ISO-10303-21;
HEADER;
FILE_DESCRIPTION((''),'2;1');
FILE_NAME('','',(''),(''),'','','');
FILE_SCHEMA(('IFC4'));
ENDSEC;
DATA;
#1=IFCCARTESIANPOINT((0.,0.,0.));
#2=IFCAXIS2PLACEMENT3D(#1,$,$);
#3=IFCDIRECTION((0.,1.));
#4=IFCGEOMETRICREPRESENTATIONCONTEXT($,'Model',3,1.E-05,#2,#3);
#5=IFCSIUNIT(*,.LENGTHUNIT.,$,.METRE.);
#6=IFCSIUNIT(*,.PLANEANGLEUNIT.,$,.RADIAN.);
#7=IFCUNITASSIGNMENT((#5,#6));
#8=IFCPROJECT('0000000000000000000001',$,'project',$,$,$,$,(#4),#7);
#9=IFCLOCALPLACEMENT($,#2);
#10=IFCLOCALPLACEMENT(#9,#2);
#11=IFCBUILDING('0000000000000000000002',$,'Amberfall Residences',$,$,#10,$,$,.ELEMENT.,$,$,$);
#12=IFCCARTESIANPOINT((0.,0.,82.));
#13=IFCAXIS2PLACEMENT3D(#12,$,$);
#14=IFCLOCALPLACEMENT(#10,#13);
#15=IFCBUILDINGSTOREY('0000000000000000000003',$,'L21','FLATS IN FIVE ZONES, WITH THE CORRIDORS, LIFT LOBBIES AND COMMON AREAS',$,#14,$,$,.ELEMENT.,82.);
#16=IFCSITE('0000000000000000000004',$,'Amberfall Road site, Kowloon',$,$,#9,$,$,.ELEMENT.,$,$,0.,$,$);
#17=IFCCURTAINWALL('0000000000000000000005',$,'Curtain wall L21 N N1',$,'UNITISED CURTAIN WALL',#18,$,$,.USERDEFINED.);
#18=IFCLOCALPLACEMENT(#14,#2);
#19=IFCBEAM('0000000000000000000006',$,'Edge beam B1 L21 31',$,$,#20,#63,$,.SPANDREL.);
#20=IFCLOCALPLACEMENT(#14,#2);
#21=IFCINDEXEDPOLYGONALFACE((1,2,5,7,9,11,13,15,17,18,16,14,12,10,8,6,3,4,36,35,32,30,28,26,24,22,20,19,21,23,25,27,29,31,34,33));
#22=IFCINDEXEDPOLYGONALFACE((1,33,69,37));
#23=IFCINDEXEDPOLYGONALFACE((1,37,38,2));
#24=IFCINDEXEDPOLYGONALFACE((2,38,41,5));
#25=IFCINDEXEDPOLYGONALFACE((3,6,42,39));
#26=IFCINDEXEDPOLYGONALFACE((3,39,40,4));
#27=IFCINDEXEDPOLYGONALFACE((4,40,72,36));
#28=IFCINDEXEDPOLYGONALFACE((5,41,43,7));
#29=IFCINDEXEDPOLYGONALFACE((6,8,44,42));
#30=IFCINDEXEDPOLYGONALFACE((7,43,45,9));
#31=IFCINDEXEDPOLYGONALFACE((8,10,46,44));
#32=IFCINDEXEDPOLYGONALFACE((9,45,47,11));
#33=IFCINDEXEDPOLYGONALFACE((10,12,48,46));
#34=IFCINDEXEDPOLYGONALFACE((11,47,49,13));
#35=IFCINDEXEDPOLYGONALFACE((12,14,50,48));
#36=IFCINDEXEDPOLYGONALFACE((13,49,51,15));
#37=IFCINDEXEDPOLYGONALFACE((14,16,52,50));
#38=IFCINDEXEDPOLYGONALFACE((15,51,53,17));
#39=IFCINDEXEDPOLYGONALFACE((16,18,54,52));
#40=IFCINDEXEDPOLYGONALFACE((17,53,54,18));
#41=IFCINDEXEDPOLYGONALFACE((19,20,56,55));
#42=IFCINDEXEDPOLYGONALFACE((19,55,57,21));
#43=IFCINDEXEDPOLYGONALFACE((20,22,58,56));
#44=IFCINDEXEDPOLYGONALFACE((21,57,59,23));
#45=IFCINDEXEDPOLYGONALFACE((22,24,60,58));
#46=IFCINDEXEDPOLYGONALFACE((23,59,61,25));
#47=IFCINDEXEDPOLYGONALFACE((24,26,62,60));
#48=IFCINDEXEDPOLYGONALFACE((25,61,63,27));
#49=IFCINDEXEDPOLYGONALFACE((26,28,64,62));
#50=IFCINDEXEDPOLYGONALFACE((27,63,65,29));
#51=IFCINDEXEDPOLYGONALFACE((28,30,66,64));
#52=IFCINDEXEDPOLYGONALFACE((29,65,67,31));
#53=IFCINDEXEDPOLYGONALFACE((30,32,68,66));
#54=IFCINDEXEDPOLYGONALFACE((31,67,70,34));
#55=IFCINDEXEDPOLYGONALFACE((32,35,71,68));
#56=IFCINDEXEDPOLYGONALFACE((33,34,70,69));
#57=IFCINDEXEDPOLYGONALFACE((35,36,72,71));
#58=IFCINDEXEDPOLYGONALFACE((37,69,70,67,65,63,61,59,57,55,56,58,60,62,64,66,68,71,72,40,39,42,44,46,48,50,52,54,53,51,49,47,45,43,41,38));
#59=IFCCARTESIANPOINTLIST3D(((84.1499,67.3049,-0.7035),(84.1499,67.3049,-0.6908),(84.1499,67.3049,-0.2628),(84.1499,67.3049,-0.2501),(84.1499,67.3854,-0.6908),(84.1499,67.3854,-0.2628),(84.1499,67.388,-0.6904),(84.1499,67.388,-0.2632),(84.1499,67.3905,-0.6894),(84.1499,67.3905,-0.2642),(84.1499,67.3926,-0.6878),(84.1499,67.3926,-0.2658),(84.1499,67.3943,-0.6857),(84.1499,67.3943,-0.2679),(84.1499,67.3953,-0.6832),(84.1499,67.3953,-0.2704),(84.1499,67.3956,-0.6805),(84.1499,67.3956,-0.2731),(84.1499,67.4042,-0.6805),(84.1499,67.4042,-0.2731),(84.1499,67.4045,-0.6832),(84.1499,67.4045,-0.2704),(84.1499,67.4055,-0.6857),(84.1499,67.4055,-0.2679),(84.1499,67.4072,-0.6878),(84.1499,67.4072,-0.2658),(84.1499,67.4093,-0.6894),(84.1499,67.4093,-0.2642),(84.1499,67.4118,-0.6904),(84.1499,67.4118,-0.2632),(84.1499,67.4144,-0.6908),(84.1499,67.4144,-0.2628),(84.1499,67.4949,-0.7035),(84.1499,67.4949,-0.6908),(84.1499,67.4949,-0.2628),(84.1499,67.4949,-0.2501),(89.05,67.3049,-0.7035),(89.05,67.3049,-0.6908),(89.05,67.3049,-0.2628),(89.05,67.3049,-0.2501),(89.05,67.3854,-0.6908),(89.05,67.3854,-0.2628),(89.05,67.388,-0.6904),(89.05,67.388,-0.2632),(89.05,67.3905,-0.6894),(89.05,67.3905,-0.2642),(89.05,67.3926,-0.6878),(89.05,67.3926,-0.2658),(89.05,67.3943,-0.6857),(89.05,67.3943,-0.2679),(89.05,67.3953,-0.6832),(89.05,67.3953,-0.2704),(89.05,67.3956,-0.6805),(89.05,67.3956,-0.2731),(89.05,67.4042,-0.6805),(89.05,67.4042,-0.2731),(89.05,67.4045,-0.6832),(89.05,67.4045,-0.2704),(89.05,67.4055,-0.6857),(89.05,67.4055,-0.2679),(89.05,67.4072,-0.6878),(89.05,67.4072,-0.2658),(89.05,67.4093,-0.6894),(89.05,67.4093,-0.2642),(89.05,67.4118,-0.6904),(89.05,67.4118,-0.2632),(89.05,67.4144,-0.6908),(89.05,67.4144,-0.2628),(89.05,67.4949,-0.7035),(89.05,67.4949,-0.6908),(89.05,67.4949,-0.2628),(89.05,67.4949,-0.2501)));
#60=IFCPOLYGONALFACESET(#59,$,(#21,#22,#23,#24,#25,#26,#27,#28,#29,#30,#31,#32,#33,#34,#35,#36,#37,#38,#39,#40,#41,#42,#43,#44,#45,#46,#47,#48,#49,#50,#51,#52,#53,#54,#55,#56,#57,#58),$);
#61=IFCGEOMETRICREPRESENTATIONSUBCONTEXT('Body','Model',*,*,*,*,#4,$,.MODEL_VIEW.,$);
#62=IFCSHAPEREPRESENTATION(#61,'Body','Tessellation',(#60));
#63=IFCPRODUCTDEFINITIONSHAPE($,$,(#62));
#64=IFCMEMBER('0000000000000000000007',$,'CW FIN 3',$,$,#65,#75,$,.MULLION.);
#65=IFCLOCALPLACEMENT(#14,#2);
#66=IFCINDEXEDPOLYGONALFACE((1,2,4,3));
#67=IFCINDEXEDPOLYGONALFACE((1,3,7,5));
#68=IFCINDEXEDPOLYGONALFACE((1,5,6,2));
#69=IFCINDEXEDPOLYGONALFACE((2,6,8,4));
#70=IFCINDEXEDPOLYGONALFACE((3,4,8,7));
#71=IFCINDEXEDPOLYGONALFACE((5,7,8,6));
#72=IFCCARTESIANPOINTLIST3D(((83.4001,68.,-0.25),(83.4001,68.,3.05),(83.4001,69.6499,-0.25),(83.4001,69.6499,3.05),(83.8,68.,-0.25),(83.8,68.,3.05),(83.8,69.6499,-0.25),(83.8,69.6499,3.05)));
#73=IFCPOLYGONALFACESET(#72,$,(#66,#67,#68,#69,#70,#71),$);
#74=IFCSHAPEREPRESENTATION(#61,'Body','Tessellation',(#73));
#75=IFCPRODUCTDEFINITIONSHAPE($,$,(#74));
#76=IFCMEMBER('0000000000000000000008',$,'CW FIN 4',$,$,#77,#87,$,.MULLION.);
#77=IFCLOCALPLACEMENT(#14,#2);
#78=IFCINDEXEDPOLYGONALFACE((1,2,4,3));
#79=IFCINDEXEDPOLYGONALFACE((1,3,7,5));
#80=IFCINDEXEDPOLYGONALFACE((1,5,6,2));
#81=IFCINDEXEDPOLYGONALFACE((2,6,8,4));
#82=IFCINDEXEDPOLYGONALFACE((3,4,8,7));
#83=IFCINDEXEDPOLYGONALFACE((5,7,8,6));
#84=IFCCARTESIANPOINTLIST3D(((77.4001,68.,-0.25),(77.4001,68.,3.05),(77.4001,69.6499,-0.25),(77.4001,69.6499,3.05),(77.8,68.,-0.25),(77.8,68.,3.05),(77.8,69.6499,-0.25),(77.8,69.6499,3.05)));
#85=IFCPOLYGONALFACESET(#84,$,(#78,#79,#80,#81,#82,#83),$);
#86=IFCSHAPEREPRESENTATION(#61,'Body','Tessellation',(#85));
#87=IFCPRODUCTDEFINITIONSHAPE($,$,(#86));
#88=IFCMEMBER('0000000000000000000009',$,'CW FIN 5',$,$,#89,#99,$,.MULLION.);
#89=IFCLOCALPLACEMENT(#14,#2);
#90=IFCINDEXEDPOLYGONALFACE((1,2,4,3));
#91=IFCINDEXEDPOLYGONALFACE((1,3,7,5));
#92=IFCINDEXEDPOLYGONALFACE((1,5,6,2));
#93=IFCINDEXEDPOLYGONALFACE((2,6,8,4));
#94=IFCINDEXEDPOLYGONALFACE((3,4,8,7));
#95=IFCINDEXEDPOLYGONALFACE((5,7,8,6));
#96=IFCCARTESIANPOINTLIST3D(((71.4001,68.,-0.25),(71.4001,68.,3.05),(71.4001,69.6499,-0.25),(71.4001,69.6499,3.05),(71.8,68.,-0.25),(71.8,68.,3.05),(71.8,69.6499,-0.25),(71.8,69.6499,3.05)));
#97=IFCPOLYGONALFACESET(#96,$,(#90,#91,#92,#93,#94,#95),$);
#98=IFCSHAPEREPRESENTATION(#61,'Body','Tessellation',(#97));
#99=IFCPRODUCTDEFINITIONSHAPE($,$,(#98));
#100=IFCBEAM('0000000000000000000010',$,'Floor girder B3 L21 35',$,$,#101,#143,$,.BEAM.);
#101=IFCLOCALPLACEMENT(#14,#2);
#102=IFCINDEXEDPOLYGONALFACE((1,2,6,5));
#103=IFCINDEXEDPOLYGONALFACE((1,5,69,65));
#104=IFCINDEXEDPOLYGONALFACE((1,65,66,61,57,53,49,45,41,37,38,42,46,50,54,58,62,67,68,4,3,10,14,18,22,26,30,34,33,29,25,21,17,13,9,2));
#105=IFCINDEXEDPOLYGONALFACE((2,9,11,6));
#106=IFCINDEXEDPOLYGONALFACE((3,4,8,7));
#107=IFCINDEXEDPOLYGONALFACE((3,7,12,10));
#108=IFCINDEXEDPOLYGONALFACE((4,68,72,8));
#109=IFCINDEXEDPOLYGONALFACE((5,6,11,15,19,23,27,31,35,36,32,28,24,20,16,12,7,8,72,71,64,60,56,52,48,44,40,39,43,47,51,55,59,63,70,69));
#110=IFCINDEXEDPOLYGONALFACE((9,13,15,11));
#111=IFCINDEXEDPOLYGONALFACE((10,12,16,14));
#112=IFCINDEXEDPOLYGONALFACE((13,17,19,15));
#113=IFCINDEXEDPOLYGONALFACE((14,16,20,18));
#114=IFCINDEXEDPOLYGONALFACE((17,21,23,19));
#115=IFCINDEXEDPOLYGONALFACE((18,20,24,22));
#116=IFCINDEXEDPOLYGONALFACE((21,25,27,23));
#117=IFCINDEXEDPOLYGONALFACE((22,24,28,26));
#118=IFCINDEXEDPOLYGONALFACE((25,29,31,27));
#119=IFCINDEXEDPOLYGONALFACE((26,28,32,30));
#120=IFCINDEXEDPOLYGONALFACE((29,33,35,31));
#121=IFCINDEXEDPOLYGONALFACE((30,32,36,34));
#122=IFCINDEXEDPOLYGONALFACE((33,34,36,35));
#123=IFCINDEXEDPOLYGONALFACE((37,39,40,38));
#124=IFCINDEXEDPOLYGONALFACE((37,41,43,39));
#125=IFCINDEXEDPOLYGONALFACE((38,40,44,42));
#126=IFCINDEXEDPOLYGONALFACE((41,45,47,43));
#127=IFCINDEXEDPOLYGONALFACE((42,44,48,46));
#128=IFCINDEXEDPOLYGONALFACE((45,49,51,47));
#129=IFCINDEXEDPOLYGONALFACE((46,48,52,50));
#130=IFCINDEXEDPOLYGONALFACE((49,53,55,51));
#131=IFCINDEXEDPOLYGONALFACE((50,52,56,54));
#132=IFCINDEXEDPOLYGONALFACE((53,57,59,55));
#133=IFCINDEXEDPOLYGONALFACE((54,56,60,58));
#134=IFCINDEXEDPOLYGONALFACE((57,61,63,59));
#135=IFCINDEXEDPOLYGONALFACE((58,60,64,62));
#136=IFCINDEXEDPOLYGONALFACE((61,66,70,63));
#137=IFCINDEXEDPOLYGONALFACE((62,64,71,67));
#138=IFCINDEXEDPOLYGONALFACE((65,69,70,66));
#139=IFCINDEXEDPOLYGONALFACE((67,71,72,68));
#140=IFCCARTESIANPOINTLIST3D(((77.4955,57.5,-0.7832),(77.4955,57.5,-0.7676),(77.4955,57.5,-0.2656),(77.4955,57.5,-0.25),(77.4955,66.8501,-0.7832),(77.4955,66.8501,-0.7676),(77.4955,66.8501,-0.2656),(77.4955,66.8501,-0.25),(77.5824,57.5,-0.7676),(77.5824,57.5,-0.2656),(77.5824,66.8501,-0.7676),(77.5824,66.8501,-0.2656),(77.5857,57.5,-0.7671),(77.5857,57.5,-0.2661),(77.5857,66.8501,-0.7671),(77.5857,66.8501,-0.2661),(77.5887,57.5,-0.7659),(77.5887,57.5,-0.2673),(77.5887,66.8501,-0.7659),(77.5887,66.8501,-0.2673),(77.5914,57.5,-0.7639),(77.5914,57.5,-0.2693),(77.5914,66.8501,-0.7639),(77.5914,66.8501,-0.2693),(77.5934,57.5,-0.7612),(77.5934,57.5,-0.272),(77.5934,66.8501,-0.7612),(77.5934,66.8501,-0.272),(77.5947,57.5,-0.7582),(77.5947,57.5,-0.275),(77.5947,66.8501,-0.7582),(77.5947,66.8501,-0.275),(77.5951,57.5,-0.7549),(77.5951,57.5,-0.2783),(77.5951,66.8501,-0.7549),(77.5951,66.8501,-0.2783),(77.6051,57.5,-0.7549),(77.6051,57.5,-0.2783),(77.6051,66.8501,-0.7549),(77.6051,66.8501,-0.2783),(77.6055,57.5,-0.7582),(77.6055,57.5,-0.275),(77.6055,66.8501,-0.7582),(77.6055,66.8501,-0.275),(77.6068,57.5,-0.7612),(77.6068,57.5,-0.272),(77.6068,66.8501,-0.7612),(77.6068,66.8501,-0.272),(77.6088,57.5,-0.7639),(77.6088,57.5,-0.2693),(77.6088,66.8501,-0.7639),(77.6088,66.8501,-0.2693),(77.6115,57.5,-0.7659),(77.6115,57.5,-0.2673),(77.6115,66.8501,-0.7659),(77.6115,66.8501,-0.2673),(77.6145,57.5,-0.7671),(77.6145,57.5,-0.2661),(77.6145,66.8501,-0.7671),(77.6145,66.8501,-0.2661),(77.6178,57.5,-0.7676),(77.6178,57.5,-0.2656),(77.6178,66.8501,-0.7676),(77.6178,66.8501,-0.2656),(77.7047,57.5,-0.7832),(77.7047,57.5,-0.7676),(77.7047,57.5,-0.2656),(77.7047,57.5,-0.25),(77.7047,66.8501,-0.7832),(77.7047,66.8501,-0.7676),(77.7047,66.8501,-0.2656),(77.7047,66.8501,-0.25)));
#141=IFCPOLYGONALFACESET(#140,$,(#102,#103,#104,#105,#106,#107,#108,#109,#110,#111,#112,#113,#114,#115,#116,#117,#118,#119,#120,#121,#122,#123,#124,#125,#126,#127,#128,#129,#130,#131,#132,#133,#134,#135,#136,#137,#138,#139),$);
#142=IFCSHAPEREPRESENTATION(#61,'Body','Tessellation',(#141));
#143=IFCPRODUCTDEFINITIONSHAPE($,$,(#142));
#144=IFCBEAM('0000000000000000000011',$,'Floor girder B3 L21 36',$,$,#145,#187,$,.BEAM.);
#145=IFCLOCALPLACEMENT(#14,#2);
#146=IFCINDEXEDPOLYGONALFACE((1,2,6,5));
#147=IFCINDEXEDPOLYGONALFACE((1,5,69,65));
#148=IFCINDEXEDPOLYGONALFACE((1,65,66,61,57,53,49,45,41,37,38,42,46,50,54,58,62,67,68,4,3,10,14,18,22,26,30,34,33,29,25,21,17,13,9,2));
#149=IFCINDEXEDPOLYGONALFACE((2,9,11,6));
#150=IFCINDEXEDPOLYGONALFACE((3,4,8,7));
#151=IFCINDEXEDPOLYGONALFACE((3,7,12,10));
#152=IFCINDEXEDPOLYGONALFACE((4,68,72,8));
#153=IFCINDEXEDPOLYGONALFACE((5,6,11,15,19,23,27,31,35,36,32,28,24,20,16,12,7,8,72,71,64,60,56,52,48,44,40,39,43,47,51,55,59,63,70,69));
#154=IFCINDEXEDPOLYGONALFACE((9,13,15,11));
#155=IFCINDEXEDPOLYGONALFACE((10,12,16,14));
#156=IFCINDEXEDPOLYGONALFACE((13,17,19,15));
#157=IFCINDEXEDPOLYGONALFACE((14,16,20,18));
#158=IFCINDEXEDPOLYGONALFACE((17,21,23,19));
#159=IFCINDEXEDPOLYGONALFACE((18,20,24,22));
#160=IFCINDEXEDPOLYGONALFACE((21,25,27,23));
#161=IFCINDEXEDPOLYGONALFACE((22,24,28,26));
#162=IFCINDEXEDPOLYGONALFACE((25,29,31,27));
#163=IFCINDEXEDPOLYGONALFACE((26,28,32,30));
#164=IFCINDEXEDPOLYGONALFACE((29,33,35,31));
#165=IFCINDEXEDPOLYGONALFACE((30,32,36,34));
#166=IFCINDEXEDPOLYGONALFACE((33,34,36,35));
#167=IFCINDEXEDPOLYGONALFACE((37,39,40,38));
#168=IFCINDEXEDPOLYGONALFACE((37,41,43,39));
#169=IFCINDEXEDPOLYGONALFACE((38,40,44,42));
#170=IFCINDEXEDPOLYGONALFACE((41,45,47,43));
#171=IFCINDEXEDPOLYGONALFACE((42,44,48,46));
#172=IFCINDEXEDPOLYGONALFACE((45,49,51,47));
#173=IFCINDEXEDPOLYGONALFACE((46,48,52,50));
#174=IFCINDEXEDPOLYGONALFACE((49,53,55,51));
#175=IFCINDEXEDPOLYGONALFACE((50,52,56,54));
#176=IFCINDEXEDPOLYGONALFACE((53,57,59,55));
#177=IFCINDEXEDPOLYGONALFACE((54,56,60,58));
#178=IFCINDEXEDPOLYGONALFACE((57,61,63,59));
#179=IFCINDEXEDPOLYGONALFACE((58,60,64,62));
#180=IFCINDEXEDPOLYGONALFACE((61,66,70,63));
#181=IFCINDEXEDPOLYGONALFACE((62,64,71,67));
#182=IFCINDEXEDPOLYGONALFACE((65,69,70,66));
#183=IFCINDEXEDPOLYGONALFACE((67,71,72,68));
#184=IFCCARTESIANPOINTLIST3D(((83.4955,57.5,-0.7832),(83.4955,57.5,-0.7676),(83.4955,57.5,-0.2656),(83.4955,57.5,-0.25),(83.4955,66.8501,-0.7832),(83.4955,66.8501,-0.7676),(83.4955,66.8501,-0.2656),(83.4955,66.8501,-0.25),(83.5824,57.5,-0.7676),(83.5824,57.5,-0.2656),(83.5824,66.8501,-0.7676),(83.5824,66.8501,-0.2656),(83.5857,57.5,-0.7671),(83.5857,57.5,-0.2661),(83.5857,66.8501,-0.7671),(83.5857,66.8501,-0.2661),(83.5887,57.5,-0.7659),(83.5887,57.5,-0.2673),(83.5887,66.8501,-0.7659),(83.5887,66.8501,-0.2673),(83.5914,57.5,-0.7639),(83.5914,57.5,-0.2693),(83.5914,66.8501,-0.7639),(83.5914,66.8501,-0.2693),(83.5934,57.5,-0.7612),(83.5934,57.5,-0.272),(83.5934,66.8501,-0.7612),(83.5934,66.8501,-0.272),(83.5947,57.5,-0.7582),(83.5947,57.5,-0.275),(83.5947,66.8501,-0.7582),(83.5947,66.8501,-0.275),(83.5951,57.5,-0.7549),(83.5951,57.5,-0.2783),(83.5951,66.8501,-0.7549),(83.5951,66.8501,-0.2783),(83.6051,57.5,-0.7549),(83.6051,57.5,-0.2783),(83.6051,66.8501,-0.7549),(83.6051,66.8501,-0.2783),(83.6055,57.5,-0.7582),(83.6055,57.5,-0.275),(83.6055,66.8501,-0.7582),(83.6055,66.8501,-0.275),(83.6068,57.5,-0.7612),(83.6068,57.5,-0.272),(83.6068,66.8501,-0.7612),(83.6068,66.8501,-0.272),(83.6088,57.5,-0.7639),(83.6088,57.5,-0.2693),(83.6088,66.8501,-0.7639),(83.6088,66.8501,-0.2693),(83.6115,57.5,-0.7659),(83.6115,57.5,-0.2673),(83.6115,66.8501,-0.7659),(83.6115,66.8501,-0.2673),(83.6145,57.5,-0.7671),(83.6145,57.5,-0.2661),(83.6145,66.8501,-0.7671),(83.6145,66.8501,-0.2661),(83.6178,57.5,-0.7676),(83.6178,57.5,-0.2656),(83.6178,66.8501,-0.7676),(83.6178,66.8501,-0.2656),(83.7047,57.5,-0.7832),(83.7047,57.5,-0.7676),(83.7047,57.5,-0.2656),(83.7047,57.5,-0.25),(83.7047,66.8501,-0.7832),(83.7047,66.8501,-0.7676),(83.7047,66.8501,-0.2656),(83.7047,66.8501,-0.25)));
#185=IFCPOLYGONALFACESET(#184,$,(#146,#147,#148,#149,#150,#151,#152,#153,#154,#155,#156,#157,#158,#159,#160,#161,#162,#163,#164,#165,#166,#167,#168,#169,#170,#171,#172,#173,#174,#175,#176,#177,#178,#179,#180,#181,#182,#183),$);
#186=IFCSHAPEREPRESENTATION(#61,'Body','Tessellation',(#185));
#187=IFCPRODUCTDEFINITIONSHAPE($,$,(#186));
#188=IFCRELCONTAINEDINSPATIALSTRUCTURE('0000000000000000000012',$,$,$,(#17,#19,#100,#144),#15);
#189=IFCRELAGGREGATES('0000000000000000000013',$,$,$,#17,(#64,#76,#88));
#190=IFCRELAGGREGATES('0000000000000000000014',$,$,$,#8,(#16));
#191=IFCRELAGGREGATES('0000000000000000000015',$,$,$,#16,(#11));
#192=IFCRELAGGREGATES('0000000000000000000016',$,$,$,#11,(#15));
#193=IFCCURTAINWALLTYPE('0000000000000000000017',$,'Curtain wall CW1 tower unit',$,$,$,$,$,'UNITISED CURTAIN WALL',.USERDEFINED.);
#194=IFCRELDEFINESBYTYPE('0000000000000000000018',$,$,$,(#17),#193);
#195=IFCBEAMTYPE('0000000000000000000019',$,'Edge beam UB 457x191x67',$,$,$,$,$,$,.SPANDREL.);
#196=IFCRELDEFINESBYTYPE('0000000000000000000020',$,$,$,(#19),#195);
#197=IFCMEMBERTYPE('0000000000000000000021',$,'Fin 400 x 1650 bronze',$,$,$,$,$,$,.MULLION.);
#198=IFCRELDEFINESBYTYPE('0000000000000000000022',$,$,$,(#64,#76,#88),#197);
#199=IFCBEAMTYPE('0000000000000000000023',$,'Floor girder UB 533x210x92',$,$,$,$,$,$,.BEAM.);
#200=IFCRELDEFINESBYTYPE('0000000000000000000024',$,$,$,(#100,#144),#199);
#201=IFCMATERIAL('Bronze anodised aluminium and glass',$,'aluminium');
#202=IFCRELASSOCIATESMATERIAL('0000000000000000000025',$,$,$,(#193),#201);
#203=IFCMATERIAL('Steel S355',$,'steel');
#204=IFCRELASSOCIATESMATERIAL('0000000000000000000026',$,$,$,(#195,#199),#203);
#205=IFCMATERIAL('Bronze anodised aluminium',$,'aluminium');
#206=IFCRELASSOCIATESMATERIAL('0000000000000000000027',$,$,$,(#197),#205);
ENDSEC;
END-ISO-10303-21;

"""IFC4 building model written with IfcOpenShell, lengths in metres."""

from ifc_helpers import new_model, si_unit, direction, frame, origin, origin_2d, place, context, subcontext, project, spatial, rectangle, i_section, extrude, material, material_profile, profile_set, type_object, element, aggregate, save


model = new_model("IFC4")

# Units and contexts
model_context = context("Model", 3, precision=1e-05, world=origin(), true_north=direction((0.0, 1.0)))
body_context = subcontext(model_context, "Body", "Model", "MODEL_VIEW")
ifc_project = project(units=[si_unit("LENGTHUNIT", "METRE"), si_unit("PLANEANGLEUNIT", "RADIAN")], contexts=[model_context])

# Site, building, storey
site_placement = place(None, origin())
site = spatial("IfcSite", under=ifc_project, at=site_placement, Name="Amberfall Road site, Kowloon", CompositionType="ELEMENT", RefElevation=0.0)
building_placement = place(site_placement, origin())
building = spatial("IfcBuilding", under=site, at=building_placement, Name="Amberfall Residences", CompositionType="ELEMENT")
storey_placement = place(building_placement, frame((0.0, 0.0, 82.0)))
storey = spatial("IfcBuildingStorey", under=building, at=storey_placement, Name="L21", Description="FLATS IN FIVE ZONES, WITH THE CORRIDORS, LIFT LOBBIES AND COMMON AREAS", CompositionType="ELEMENT", Elevation=82.0)

# Curtain wall
ifc_material_1 = material(Name="Bronze anodised aluminium and glass", Category="aluminium")
curtain_wall_type = type_object("IfcCurtainWallType", Name="Curtain wall CW1 tower unit", ElementType="UNITISED CURTAIN WALL", PredefinedType="USERDEFINED", material=ifc_material_1)
curtain_wall_placement = place(storey_placement, origin())
curtain_wall = element("IfcCurtainWall", 1, at=curtain_wall_placement, inside=storey, type_object=curtain_wall_type, Name="Curtain wall L21 N N1", ObjectType="UNITISED CURTAIN WALL", PredefinedType="USERDEFINED")
ifc_material_2 = material(Name="Bronze anodised aluminium", Category="aluminium")

# Beam
ifc_material_3 = material(Name="Steel S355", Category="steel")
ifc_material_profile_1 = material_profile(ifc_material_3, i_section(OverallWidth=0.1899, OverallDepth=0.4534, WebThickness=0.0085, FlangeThickness=0.0127, FilletRadius=0.0103, at=origin_2d()), Name="UB 457x191x67")
ifc_profile_set_1 = profile_set([ifc_material_profile_1], Name="Steel S355")
beam_type_1 = type_object("IfcBeamType", Name="Edge beam UB 457x191x67", PredefinedType="SPANDREL", material=ifc_profile_set_1)
for number, where, z_axis, x_axis, name in (
    (2, (84.1499, 67.3999, -0.4768), (1.0, 0.0, 0.0), (0.0, 1.0, 0.0), "Edge beam B1 L21 31"),
):
    element("IfcBeam", number, at=place(storey_placement, frame(where, z_axis=z_axis, x_axis=x_axis)), inside=storey, type_object=beam_type_1, Name=name, PredefinedType="SPANDREL", context=body_context, shape_type="SweptSolid", body=[
        extrude(i_section(OverallWidth=0.1899, OverallDepth=0.4534, WebThickness=0.0085, FlangeThickness=0.0127, FilletRadius=0.0103, at=origin_2d()), origin(), (0.0, 0.0, 1.0), 4.9001),
    ])

# Members
ifc_material_profile_2 = material_profile(ifc_material_2, rectangle(XDim=1.6499, YDim=0.3999, at=origin_2d()), Name="Fin 400 x 1650 bronze")
ifc_profile_set_2 = profile_set([ifc_material_profile_2], Name="Bronze anodised aluminium")
member_type_1 = type_object("IfcMemberType", Name="Fin 400 x 1650 bronze", PredefinedType="MULLION", material=ifc_profile_set_2)
member_1_placement = place(storey_placement, frame((83.6001, 68.825, -0.25), z_axis=(0.0, 0.0, 1.0), x_axis=(0.0, -1.0, 0.0)))
member_1 = element("IfcMember", 3, at=member_1_placement, type_object=member_type_1, Name="CW FIN 3", PredefinedType="MULLION", context=body_context, shape_type="SweptSolid", body=[
    extrude(rectangle(XDim=1.6499, YDim=0.3999, at=origin_2d()), origin(), (0.0, 0.0, 1.0), 3.3),
])
member_2_placement = place(storey_placement, frame((77.6001, 68.825, -0.25), z_axis=(0.0, 0.0, 1.0), x_axis=(0.0, -1.0, 0.0)))
member_2 = element("IfcMember", 4, at=member_2_placement, type_object=member_type_1, Name="CW FIN 4", PredefinedType="MULLION", context=body_context, shape_type="SweptSolid", body=[
    extrude(rectangle(XDim=1.6499, YDim=0.3999, at=origin_2d()), origin(), (0.0, 0.0, 1.0), 3.3),
])
member_3_placement = place(storey_placement, frame((71.6001, 68.825, -0.25), z_axis=(0.0, 0.0, 1.0), x_axis=(0.0, -1.0, 0.0)))
member_3 = element("IfcMember", 5, at=member_3_placement, type_object=member_type_1, Name="CW FIN 5", PredefinedType="MULLION", context=body_context, shape_type="SweptSolid", body=[
    extrude(rectangle(XDim=1.6499, YDim=0.3999, at=origin_2d()), origin(), (0.0, 0.0, 1.0), 3.3),
])

# Beams
ifc_material_profile_3 = material_profile(ifc_material_3, i_section(OverallWidth=0.2092, OverallDepth=0.5332, WebThickness=0.01, FlangeThickness=0.0156, FilletRadius=0.0127, at=origin_2d()), Name="UB 533x210x92")
ifc_profile_set_3 = profile_set([ifc_material_profile_3], Name="Steel S355")
beam_type_2 = type_object("IfcBeamType", Name="Floor girder UB 533x210x92", PredefinedType="BEAM", material=ifc_profile_set_3)
for number, where, z_axis, x_axis, name in (
    (6, (77.6001, 66.8501, -0.5166), (0.0, -1.0, 0.0), (1.0, 0.0, 0.0), "Floor girder B3 L21 35"),
    (7, (83.6001, 66.8501, -0.5166), (0.0, -1.0, 0.0), (1.0, 0.0, 0.0), "Floor girder B3 L21 36"),
):
    element("IfcBeam", number, at=place(storey_placement, frame(where, z_axis=z_axis, x_axis=x_axis)), inside=storey, type_object=beam_type_2, Name=name, PredefinedType="BEAM", context=body_context, shape_type="SweptSolid", body=[
        extrude(i_section(OverallWidth=0.2092, OverallDepth=0.5332, WebThickness=0.01, FlangeThickness=0.0156, FilletRadius=0.0127, at=origin_2d()), origin(), (0.0, 0.0, 1.0), 9.3501),
    ])

aggregate(curtain_wall, [member_1, member_2, member_3])

save(model, "model.ifc")
